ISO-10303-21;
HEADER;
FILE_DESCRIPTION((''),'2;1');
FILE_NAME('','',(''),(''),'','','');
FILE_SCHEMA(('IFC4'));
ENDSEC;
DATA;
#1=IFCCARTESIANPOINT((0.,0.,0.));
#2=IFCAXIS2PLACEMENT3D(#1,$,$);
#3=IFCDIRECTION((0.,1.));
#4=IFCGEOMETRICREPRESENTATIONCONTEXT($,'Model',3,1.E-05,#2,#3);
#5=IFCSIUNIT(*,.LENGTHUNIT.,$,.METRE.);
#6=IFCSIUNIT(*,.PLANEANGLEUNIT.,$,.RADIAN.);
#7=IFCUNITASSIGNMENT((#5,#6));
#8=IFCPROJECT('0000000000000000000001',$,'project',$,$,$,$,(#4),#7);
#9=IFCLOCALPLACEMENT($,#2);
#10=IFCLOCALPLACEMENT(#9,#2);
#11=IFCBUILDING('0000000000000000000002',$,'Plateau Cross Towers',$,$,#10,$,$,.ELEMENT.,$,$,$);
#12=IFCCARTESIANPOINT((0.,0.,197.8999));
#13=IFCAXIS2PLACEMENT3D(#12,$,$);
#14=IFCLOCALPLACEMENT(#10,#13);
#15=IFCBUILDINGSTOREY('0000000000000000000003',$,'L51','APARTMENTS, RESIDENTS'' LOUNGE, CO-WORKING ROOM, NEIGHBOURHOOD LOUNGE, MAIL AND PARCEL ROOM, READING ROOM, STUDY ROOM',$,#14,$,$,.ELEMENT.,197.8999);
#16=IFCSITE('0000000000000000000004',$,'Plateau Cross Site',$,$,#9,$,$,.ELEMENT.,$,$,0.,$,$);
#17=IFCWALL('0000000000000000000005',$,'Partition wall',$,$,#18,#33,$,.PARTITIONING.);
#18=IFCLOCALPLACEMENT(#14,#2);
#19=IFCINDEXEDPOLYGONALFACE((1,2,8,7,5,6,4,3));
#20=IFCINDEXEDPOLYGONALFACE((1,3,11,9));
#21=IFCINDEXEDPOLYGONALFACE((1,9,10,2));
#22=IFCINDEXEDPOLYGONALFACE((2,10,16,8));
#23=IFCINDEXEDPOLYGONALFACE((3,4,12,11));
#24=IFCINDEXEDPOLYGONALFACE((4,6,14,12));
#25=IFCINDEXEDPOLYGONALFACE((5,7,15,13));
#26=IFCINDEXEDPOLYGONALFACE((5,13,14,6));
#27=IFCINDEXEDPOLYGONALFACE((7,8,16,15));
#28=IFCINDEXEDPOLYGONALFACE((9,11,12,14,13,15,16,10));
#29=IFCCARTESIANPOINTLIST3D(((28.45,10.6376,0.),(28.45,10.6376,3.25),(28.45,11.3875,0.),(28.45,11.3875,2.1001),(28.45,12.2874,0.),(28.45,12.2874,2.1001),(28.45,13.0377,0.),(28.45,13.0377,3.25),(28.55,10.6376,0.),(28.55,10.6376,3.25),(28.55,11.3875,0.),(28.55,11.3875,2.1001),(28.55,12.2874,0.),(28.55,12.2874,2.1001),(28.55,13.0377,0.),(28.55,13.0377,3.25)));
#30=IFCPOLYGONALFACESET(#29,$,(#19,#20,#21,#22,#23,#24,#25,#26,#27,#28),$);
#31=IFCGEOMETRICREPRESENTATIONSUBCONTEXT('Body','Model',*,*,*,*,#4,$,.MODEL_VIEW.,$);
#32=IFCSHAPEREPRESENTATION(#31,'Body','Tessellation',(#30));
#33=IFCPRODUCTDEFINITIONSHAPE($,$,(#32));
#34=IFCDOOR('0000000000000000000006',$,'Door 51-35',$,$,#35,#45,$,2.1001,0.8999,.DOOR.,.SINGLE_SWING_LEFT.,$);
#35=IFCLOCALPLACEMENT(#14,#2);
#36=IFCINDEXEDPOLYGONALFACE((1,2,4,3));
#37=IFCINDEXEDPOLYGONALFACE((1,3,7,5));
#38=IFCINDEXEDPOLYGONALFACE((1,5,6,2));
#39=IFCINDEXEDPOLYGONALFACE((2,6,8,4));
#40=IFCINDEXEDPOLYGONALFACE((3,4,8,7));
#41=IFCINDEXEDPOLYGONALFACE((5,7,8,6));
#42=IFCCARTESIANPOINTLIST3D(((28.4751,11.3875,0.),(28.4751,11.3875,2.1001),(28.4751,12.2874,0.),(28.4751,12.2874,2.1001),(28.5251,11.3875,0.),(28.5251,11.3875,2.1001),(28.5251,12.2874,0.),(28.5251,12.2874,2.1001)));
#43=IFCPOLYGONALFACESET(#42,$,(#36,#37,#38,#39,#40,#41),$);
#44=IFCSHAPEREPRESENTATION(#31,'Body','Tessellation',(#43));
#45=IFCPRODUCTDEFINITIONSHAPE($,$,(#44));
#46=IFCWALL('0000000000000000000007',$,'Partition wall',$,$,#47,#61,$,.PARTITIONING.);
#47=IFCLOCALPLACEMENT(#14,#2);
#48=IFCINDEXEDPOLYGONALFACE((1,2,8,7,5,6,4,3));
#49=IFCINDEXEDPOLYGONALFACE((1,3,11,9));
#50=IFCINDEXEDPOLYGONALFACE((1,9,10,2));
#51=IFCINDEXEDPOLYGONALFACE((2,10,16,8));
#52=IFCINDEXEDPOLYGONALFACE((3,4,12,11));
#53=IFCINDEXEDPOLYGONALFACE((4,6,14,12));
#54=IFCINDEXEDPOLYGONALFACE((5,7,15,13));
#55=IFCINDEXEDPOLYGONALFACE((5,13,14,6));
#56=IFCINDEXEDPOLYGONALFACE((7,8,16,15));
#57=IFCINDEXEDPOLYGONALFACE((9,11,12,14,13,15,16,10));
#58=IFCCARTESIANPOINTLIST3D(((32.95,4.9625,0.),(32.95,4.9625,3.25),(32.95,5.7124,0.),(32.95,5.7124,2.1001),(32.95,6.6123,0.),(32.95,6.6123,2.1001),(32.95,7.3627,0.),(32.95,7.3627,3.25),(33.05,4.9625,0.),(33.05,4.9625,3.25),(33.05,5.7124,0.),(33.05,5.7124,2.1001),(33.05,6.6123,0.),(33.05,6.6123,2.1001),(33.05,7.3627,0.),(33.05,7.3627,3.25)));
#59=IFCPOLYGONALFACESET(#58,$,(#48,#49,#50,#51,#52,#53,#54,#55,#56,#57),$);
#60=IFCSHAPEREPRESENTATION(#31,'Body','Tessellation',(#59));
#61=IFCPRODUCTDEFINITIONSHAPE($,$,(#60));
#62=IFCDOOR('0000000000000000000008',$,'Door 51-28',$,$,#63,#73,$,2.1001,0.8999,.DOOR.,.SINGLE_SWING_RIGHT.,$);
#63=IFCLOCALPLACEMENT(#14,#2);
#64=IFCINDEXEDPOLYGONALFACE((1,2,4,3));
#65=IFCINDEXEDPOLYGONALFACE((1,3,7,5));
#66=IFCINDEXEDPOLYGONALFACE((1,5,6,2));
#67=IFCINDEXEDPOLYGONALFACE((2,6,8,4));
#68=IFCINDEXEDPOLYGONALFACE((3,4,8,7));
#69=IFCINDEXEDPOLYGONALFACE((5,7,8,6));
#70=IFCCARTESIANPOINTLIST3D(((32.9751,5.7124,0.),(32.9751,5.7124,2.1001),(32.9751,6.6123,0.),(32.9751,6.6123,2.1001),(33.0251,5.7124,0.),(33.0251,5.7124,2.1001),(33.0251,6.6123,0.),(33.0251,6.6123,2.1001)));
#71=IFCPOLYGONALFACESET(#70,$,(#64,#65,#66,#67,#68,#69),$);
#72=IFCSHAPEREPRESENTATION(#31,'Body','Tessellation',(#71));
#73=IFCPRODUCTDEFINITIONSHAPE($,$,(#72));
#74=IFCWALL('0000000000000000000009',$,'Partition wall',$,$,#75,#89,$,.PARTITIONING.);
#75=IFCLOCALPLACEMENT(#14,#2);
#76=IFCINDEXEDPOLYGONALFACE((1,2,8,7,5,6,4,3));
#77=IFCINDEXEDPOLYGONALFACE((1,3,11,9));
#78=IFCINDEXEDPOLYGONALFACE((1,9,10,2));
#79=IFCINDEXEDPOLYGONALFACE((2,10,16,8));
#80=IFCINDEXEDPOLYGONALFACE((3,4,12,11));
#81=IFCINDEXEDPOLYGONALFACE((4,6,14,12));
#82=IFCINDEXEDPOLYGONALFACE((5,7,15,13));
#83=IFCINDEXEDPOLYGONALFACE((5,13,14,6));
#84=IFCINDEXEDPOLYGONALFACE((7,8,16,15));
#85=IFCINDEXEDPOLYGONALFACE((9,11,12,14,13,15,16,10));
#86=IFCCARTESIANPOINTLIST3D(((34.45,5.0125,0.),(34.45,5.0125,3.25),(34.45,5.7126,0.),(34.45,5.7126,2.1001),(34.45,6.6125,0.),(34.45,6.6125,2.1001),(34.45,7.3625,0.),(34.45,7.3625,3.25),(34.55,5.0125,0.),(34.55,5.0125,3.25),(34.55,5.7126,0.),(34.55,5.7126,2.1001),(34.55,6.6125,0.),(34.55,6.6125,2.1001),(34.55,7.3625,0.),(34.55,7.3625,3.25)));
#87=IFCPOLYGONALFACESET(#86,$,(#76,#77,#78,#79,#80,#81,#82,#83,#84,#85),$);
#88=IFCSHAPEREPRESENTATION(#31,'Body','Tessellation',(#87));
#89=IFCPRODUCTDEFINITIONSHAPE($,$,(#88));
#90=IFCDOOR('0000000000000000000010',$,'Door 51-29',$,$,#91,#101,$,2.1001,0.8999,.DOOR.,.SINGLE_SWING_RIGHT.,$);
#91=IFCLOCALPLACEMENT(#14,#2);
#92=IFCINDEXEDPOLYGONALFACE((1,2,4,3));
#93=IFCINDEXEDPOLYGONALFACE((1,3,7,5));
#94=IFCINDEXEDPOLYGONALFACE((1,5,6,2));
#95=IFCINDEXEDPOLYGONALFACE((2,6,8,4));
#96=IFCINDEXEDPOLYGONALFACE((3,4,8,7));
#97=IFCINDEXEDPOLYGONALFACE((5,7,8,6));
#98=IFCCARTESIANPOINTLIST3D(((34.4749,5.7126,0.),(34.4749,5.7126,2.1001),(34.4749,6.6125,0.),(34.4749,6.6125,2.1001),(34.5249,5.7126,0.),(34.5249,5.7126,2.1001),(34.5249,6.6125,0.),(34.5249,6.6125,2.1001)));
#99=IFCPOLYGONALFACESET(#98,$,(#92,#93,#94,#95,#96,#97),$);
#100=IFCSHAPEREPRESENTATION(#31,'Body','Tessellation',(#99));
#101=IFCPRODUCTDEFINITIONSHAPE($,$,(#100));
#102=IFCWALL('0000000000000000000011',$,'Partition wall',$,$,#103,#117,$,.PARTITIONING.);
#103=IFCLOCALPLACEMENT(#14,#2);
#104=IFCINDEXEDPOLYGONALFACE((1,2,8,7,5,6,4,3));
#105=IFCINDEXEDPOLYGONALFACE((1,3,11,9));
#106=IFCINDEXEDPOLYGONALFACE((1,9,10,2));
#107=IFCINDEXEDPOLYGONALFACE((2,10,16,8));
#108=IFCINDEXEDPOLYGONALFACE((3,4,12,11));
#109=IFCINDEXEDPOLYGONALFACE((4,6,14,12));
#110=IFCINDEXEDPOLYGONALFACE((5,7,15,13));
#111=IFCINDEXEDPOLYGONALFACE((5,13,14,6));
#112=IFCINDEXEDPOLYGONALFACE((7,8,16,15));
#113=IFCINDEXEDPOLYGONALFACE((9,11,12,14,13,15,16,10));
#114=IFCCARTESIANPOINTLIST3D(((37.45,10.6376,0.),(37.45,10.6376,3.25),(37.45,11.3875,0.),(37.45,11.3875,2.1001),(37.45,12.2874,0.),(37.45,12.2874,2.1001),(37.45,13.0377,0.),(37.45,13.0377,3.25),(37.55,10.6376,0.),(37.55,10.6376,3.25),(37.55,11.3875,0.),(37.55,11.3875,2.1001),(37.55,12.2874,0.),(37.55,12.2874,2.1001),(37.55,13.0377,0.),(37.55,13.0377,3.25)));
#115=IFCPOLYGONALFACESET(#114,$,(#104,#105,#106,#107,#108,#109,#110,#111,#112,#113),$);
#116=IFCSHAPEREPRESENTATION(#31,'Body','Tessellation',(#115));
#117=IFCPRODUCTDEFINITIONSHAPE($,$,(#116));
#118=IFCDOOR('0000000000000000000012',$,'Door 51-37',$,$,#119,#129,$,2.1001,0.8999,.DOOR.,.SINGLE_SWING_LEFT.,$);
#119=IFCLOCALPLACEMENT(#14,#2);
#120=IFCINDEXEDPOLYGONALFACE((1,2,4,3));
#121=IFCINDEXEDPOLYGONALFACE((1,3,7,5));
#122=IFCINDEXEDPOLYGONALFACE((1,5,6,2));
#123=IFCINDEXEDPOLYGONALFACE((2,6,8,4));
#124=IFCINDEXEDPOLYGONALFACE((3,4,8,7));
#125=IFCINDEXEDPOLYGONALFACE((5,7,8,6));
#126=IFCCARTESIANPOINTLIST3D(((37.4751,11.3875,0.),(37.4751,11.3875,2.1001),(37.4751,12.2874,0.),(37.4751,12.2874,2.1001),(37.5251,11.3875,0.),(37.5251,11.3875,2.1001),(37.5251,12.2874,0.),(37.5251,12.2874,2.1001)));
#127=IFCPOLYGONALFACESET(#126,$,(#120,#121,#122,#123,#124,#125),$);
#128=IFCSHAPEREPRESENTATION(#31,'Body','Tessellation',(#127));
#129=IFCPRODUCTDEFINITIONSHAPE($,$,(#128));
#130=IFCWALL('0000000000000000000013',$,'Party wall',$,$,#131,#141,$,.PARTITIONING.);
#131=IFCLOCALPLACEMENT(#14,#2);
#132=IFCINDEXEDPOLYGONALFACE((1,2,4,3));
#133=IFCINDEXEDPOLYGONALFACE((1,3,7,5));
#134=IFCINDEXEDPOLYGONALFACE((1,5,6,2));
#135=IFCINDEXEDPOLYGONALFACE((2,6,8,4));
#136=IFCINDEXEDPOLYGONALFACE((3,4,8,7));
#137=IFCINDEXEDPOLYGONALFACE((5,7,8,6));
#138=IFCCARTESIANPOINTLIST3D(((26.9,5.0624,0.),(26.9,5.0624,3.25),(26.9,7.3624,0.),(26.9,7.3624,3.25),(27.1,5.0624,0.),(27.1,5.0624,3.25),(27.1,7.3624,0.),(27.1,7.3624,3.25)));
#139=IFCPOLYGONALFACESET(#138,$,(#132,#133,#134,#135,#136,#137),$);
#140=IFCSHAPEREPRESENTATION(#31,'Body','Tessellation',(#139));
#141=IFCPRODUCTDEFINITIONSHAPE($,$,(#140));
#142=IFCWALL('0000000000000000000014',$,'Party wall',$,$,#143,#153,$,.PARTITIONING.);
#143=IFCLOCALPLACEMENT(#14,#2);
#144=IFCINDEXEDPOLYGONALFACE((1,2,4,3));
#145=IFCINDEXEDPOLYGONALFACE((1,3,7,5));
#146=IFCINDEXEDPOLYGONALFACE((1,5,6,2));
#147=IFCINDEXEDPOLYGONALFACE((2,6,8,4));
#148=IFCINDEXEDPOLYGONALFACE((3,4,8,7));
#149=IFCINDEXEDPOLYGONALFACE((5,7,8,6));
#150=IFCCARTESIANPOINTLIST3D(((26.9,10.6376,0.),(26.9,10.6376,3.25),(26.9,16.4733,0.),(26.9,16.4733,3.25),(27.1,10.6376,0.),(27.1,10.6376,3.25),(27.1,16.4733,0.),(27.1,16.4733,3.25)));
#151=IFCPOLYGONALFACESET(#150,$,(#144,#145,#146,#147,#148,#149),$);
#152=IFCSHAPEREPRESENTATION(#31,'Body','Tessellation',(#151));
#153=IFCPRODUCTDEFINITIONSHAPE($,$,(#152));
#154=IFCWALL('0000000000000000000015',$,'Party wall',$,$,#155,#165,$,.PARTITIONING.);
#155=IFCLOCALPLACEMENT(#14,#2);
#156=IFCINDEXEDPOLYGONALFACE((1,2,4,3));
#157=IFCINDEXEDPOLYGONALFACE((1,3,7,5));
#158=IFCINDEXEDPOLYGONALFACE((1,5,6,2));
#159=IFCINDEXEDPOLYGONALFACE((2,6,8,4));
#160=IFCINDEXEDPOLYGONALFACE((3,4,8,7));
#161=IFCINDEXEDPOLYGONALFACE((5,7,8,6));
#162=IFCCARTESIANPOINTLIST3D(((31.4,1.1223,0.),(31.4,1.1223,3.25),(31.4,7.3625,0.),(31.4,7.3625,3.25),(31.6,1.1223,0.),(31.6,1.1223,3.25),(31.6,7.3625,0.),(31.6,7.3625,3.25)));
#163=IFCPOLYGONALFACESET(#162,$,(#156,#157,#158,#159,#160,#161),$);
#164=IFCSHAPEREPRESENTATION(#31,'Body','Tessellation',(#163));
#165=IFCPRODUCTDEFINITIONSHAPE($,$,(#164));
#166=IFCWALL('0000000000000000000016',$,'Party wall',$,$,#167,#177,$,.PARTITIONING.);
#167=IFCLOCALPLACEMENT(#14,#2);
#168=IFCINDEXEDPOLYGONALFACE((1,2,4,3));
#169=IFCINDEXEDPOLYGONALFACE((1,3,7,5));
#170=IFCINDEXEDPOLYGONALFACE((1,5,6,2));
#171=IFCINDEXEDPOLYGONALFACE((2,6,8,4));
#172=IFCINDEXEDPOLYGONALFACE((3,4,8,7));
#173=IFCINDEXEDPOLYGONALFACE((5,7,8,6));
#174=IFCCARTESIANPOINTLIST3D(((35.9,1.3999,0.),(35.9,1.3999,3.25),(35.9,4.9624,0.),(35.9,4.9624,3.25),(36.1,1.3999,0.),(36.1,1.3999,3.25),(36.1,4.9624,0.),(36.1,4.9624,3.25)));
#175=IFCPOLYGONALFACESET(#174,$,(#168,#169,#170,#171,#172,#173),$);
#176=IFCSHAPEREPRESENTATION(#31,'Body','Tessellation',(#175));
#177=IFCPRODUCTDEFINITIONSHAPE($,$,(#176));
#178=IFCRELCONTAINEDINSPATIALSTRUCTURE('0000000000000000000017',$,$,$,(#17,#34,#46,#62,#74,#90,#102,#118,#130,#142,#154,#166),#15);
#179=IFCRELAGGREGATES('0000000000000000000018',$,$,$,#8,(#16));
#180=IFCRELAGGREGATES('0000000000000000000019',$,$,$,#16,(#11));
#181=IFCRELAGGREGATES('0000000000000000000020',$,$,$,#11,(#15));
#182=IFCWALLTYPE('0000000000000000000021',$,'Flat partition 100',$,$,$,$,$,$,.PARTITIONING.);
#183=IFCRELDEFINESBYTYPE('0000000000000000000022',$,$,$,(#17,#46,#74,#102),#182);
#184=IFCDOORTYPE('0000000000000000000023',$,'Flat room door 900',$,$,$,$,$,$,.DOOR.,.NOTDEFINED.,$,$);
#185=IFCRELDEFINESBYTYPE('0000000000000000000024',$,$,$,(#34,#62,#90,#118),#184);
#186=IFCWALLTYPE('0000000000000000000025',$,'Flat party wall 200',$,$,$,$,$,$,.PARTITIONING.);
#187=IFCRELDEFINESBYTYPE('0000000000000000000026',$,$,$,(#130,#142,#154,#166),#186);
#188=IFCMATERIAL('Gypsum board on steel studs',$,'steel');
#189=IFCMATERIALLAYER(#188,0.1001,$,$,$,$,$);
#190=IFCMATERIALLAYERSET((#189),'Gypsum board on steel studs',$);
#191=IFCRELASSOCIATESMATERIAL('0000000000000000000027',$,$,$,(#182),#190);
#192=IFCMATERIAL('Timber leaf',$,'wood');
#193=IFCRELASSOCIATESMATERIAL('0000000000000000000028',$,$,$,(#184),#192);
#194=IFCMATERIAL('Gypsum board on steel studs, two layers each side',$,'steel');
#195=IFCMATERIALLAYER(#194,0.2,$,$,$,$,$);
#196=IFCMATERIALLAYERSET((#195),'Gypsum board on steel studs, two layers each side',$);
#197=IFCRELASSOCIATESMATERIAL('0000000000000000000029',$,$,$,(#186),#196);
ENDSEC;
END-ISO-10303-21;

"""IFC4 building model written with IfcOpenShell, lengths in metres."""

from ifc_helpers import new_model, si_unit, direction, frame, frame_2d, origin, place, context, subcontext, project, spatial, rectangle, extrude, material, layer, layer_set, type_object, element, fill, save


model = new_model("IFC4")

# Units and contexts
model_context = context("Model", 3, precision=1e-05, world=origin(), true_north=direction((0.0, 1.0)))
body_context = subcontext(model_context, "Body", "Model", "MODEL_VIEW")
ifc_project = project(units=[si_unit("LENGTHUNIT", "METRE"), si_unit("PLANEANGLEUNIT", "RADIAN")], contexts=[model_context])

# Site, building, storey
site_placement = place(None, origin())
site = spatial("IfcSite", under=ifc_project, at=site_placement, Name="Plateau Cross Site", CompositionType="ELEMENT", RefElevation=0.0)
building_placement = place(site_placement, origin())
building = spatial("IfcBuilding", under=site, at=building_placement, Name="Plateau Cross Towers", CompositionType="ELEMENT")
storey_placement = place(building_placement, frame((0.0, 0.0, 197.8999)))
storey = spatial("IfcBuildingStorey", under=building, at=storey_placement, Name="L51", Description="APARTMENTS, RESIDENTS' LOUNGE, CO-WORKING ROOM, NEIGHBOURHOOD LOUNGE, MAIL AND PARCEL ROOM, READING ROOM, STUDY ROOM", CompositionType="ELEMENT", Elevation=197.8999)

# Shared definitions
ifc_material_1 = material(Name="Gypsum board on steel studs", Category="steel")
ifc_layer_1 = layer(ifc_material_1, 0.1001)
ifc_layer_set_1 = layer_set([ifc_layer_1], Name="Gypsum board on steel studs")
wall_type_1 = type_object("IfcWallType", Name="Flat partition 100", PredefinedType="PARTITIONING", material=ifc_layer_set_1)

# Walls, openings, doors
ifc_material_2 = material(Name="Timber leaf", Category="wood")
door_type_1 = type_object("IfcDoorType", Name="Flat room door 900", OperationType="NOTDEFINED", PredefinedType="DOOR", material=ifc_material_2)
wall_1_placement = place(storey_placement, frame((28.5, 10.6375, 0.0), z_axis=(0.0, 0.0, 1.0), x_axis=(0.0, 1.0, 0.0)))
wall_1 = element("IfcWall", 1, at=wall_1_placement, inside=storey, type_object=wall_type_1, Name="Partition wall", PredefinedType="PARTITIONING", context=body_context, shape_type="SweptSolid", body=[
    extrude(rectangle(XDim=2.4001, YDim=0.1001, at=frame_2d((1.2002, 0.0))), origin(), (0.0, 0.0, 1.0), 3.25),
])
opening_1_placement = place(wall_1_placement, frame((0.75, 0.0, 0.0)))
opening_1 = element("IfcOpeningElement", 2, at=opening_1_placement, cuts=wall_1, PredefinedType="OPENING", context=body_context, shape_type="SweptSolid", body=[
    extrude(rectangle(XDim=0.8999, YDim=2.1001, at=frame_2d((0.45, 1.05))), frame((0.0, 0.0601, 0.0), z_axis=(0.0, -1.0, 0.0), x_axis=(1.0, 0.0, 0.0)), (0.0, 0.0, 1.0), 0.1201),
])
door_1_placement = place(opening_1_placement, origin())
door_1 = element("IfcDoor", 3, at=door_1_placement, inside=storey, type_object=door_type_1, Name="Door 51-35", OperationType="SINGLE_SWING_LEFT", OverallHeight=2.1001, OverallWidth=0.8999, PredefinedType="DOOR", context=body_context, shape_type="SweptSolid", body=[
    extrude(rectangle(XDim=0.8999, YDim=2.1001, at=frame_2d((0.45, 1.05))), frame((0.0, 0.0249, 0.0), z_axis=(0.0, -1.0, 0.0), x_axis=(1.0, 0.0, 0.0)), (0.0, 0.0, 1.0), 0.05),
])
fill(opening_1, door_1)
wall_2_placement = place(storey_placement, frame((33.0, 4.9624, 0.0), z_axis=(0.0, 0.0, 1.0), x_axis=(0.0, 1.0, 0.0)))
wall_2 = element("IfcWall", 4, at=wall_2_placement, inside=storey, type_object=wall_type_1, Name="Partition wall", PredefinedType="PARTITIONING", context=body_context, shape_type="SweptSolid", body=[
    extrude(rectangle(XDim=2.4001, YDim=0.1001, at=frame_2d((1.2002, 0.0))), origin(), (0.0, 0.0, 1.0), 3.25),
])
opening_2_placement = place(wall_2_placement, frame((0.75, 0.0, 0.0)))
opening_2 = element("IfcOpeningElement", 5, at=opening_2_placement, cuts=wall_2, PredefinedType="OPENING", context=body_context, shape_type="SweptSolid", body=[
    extrude(rectangle(XDim=0.8999, YDim=2.1001, at=frame_2d((0.45, 1.05))), frame((0.0, 0.0601, 0.0), z_axis=(0.0, -1.0, 0.0), x_axis=(1.0, 0.0, 0.0)), (0.0, 0.0, 1.0), 0.1201),
])
door_2_placement = place(opening_2_placement, origin())
door_2 = element("IfcDoor", 6, at=door_2_placement, inside=storey, type_object=door_type_1, Name="Door 51-28", OperationType="SINGLE_SWING_RIGHT", OverallHeight=2.1001, OverallWidth=0.8999, PredefinedType="DOOR", context=body_context, shape_type="SweptSolid", body=[
    extrude(rectangle(XDim=0.8999, YDim=2.1001, at=frame_2d((0.45, 1.05))), frame((0.0, 0.0249, 0.0), z_axis=(0.0, -1.0, 0.0), x_axis=(1.0, 0.0, 0.0)), (0.0, 0.0, 1.0), 0.05),
])
fill(opening_2, door_2)
wall_3_placement = place(storey_placement, frame((34.5, 7.3625, 0.0), z_axis=(0.0, 0.0, 1.0), x_axis=(0.0, -1.0, 0.0)))
wall_3 = element("IfcWall", 7, at=wall_3_placement, inside=storey, type_object=wall_type_1, Name="Partition wall", PredefinedType="PARTITIONING", context=body_context, shape_type="SweptSolid", body=[
    extrude(rectangle(XDim=2.3501, YDim=0.1001, at=frame_2d((1.175, 0.0))), origin(), (0.0, 0.0, 1.0), 3.25),
])
opening_3_placement = place(wall_3_placement, frame((0.75, 0.0, 0.0)))
opening_3 = element("IfcOpeningElement", 8, at=opening_3_placement, cuts=wall_3, PredefinedType="OPENING", context=body_context, shape_type="SweptSolid", body=[
    extrude(rectangle(XDim=0.8999, YDim=2.1001, at=frame_2d((0.45, 1.05))), frame((0.0, 0.0601, 0.0), z_axis=(0.0, -1.0, 0.0), x_axis=(1.0, 0.0, 0.0)), (0.0, 0.0, 1.0), 0.1201),
])
door_3_placement = place(opening_3_placement, origin())
door_3 = element("IfcDoor", 9, at=door_3_placement, inside=storey, type_object=door_type_1, Name="Door 51-29", OperationType="SINGLE_SWING_RIGHT", OverallHeight=2.1001, OverallWidth=0.8999, PredefinedType="DOOR", context=body_context, shape_type="SweptSolid", body=[
    extrude(rectangle(XDim=0.8999, YDim=2.1001, at=frame_2d((0.45, 1.05))), frame((0.0, 0.0249, 0.0), z_axis=(0.0, -1.0, 0.0), x_axis=(1.0, 0.0, 0.0)), (0.0, 0.0, 1.0), 0.05),
])
fill(opening_3, door_3)
wall_4_placement = place(storey_placement, frame((37.5, 10.6375, 0.0), z_axis=(0.0, 0.0, 1.0), x_axis=(0.0, 1.0, 0.0)))
wall_4 = element("IfcWall", 10, at=wall_4_placement, inside=storey, type_object=wall_type_1, Name="Partition wall", PredefinedType="PARTITIONING", context=body_context, shape_type="SweptSolid", body=[
    extrude(rectangle(XDim=2.4001, YDim=0.1001, at=frame_2d((1.2002, 0.0))), origin(), (0.0, 0.0, 1.0), 3.25),
])
opening_4_placement = place(wall_4_placement, frame((0.75, 0.0, 0.0)))
opening_4 = element("IfcOpeningElement", 11, at=opening_4_placement, cuts=wall_4, PredefinedType="OPENING", context=body_context, shape_type="SweptSolid", body=[
    extrude(rectangle(XDim=0.8999, YDim=2.1001, at=frame_2d((0.45, 1.05))), frame((0.0, 0.0601, 0.0), z_axis=(0.0, -1.0, 0.0), x_axis=(1.0, 0.0, 0.0)), (0.0, 0.0, 1.0), 0.1201),
])
door_4_placement = place(opening_4_placement, origin())
door_4 = element("IfcDoor", 12, at=door_4_placement, inside=storey, type_object=door_type_1, Name="Door 51-37", OperationType="SINGLE_SWING_LEFT", OverallHeight=2.1001, OverallWidth=0.8999, PredefinedType="DOOR", context=body_context, shape_type="SweptSolid", body=[
    extrude(rectangle(XDim=0.8999, YDim=2.1001, at=frame_2d((0.45, 1.05))), frame((0.0, 0.0249, 0.0), z_axis=(0.0, -1.0, 0.0), x_axis=(1.0, 0.0, 0.0)), (0.0, 0.0, 1.0), 0.05),
])
fill(opening_4, door_4)

# Walls
ifc_material_3 = material(Name="Gypsum board on steel studs, two layers each side", Category="steel")
ifc_layer_2 = layer(ifc_material_3, 0.2)
ifc_layer_set_2 = layer_set([ifc_layer_2], Name="Gypsum board on steel studs, two layers each side")
wall_type_2 = type_object("IfcWallType", Name="Flat party wall 200", PredefinedType="PARTITIONING", material=ifc_layer_set_2)
wall_5_placement = place(storey_placement, frame((27.0, 5.0625, 0.0), z_axis=(0.0, 0.0, 1.0), x_axis=(0.0, 1.0, 0.0)))
element("IfcWall", 13, at=wall_5_placement, inside=storey, type_object=wall_type_2, Name="Party wall", PredefinedType="PARTITIONING", context=body_context, shape_type="SweptSolid", body=[
    extrude(rectangle(XDim=2.3, YDim=0.2, at=frame_2d((1.1499, 0.0))), origin(), (0.0, 0.0, 1.0), 3.25),
])
wall_6_placement = place(storey_placement, frame((27.0, 10.6375, 0.0), z_axis=(0.0, 0.0, 1.0), x_axis=(0.0, 1.0, 0.0)))
element("IfcWall", 14, at=wall_6_placement, inside=storey, type_object=wall_type_2, Name="Party wall", PredefinedType="PARTITIONING", context=body_context, shape_type="SweptSolid", body=[
    extrude(rectangle(XDim=5.8357, YDim=0.2, at=frame_2d((2.918, 0.0))), origin(), (0.0, 0.0, 1.0), 3.25),
])
wall_7_placement = place(storey_placement, frame((31.5, 1.1223, 0.0), z_axis=(0.0, 0.0, 1.0), x_axis=(0.0, 1.0, 0.0)))
element("IfcWall", 15, at=wall_7_placement, inside=storey, type_object=wall_type_2, Name="Party wall", PredefinedType="PARTITIONING", context=body_context, shape_type="SweptSolid", body=[
    extrude(rectangle(XDim=6.2402, YDim=0.2, at=frame_2d((3.1201, 0.0))), origin(), (0.0, 0.0, 1.0), 3.25),
])
wall_8_placement = place(storey_placement, frame((36.0, 4.9624, 0.0), z_axis=(0.0, 0.0, 1.0), x_axis=(0.0, -1.0, 0.0)))
element("IfcWall", 16, at=wall_8_placement, inside=storey, type_object=wall_type_2, Name="Party wall", PredefinedType="PARTITIONING", context=body_context, shape_type="SweptSolid", body=[
    extrude(rectangle(XDim=3.5625, YDim=0.2, at=frame_2d((1.7812, 0.0))), origin(), (0.0, 0.0, 1.0), 3.25),
])

save(model, "model.ifc")
